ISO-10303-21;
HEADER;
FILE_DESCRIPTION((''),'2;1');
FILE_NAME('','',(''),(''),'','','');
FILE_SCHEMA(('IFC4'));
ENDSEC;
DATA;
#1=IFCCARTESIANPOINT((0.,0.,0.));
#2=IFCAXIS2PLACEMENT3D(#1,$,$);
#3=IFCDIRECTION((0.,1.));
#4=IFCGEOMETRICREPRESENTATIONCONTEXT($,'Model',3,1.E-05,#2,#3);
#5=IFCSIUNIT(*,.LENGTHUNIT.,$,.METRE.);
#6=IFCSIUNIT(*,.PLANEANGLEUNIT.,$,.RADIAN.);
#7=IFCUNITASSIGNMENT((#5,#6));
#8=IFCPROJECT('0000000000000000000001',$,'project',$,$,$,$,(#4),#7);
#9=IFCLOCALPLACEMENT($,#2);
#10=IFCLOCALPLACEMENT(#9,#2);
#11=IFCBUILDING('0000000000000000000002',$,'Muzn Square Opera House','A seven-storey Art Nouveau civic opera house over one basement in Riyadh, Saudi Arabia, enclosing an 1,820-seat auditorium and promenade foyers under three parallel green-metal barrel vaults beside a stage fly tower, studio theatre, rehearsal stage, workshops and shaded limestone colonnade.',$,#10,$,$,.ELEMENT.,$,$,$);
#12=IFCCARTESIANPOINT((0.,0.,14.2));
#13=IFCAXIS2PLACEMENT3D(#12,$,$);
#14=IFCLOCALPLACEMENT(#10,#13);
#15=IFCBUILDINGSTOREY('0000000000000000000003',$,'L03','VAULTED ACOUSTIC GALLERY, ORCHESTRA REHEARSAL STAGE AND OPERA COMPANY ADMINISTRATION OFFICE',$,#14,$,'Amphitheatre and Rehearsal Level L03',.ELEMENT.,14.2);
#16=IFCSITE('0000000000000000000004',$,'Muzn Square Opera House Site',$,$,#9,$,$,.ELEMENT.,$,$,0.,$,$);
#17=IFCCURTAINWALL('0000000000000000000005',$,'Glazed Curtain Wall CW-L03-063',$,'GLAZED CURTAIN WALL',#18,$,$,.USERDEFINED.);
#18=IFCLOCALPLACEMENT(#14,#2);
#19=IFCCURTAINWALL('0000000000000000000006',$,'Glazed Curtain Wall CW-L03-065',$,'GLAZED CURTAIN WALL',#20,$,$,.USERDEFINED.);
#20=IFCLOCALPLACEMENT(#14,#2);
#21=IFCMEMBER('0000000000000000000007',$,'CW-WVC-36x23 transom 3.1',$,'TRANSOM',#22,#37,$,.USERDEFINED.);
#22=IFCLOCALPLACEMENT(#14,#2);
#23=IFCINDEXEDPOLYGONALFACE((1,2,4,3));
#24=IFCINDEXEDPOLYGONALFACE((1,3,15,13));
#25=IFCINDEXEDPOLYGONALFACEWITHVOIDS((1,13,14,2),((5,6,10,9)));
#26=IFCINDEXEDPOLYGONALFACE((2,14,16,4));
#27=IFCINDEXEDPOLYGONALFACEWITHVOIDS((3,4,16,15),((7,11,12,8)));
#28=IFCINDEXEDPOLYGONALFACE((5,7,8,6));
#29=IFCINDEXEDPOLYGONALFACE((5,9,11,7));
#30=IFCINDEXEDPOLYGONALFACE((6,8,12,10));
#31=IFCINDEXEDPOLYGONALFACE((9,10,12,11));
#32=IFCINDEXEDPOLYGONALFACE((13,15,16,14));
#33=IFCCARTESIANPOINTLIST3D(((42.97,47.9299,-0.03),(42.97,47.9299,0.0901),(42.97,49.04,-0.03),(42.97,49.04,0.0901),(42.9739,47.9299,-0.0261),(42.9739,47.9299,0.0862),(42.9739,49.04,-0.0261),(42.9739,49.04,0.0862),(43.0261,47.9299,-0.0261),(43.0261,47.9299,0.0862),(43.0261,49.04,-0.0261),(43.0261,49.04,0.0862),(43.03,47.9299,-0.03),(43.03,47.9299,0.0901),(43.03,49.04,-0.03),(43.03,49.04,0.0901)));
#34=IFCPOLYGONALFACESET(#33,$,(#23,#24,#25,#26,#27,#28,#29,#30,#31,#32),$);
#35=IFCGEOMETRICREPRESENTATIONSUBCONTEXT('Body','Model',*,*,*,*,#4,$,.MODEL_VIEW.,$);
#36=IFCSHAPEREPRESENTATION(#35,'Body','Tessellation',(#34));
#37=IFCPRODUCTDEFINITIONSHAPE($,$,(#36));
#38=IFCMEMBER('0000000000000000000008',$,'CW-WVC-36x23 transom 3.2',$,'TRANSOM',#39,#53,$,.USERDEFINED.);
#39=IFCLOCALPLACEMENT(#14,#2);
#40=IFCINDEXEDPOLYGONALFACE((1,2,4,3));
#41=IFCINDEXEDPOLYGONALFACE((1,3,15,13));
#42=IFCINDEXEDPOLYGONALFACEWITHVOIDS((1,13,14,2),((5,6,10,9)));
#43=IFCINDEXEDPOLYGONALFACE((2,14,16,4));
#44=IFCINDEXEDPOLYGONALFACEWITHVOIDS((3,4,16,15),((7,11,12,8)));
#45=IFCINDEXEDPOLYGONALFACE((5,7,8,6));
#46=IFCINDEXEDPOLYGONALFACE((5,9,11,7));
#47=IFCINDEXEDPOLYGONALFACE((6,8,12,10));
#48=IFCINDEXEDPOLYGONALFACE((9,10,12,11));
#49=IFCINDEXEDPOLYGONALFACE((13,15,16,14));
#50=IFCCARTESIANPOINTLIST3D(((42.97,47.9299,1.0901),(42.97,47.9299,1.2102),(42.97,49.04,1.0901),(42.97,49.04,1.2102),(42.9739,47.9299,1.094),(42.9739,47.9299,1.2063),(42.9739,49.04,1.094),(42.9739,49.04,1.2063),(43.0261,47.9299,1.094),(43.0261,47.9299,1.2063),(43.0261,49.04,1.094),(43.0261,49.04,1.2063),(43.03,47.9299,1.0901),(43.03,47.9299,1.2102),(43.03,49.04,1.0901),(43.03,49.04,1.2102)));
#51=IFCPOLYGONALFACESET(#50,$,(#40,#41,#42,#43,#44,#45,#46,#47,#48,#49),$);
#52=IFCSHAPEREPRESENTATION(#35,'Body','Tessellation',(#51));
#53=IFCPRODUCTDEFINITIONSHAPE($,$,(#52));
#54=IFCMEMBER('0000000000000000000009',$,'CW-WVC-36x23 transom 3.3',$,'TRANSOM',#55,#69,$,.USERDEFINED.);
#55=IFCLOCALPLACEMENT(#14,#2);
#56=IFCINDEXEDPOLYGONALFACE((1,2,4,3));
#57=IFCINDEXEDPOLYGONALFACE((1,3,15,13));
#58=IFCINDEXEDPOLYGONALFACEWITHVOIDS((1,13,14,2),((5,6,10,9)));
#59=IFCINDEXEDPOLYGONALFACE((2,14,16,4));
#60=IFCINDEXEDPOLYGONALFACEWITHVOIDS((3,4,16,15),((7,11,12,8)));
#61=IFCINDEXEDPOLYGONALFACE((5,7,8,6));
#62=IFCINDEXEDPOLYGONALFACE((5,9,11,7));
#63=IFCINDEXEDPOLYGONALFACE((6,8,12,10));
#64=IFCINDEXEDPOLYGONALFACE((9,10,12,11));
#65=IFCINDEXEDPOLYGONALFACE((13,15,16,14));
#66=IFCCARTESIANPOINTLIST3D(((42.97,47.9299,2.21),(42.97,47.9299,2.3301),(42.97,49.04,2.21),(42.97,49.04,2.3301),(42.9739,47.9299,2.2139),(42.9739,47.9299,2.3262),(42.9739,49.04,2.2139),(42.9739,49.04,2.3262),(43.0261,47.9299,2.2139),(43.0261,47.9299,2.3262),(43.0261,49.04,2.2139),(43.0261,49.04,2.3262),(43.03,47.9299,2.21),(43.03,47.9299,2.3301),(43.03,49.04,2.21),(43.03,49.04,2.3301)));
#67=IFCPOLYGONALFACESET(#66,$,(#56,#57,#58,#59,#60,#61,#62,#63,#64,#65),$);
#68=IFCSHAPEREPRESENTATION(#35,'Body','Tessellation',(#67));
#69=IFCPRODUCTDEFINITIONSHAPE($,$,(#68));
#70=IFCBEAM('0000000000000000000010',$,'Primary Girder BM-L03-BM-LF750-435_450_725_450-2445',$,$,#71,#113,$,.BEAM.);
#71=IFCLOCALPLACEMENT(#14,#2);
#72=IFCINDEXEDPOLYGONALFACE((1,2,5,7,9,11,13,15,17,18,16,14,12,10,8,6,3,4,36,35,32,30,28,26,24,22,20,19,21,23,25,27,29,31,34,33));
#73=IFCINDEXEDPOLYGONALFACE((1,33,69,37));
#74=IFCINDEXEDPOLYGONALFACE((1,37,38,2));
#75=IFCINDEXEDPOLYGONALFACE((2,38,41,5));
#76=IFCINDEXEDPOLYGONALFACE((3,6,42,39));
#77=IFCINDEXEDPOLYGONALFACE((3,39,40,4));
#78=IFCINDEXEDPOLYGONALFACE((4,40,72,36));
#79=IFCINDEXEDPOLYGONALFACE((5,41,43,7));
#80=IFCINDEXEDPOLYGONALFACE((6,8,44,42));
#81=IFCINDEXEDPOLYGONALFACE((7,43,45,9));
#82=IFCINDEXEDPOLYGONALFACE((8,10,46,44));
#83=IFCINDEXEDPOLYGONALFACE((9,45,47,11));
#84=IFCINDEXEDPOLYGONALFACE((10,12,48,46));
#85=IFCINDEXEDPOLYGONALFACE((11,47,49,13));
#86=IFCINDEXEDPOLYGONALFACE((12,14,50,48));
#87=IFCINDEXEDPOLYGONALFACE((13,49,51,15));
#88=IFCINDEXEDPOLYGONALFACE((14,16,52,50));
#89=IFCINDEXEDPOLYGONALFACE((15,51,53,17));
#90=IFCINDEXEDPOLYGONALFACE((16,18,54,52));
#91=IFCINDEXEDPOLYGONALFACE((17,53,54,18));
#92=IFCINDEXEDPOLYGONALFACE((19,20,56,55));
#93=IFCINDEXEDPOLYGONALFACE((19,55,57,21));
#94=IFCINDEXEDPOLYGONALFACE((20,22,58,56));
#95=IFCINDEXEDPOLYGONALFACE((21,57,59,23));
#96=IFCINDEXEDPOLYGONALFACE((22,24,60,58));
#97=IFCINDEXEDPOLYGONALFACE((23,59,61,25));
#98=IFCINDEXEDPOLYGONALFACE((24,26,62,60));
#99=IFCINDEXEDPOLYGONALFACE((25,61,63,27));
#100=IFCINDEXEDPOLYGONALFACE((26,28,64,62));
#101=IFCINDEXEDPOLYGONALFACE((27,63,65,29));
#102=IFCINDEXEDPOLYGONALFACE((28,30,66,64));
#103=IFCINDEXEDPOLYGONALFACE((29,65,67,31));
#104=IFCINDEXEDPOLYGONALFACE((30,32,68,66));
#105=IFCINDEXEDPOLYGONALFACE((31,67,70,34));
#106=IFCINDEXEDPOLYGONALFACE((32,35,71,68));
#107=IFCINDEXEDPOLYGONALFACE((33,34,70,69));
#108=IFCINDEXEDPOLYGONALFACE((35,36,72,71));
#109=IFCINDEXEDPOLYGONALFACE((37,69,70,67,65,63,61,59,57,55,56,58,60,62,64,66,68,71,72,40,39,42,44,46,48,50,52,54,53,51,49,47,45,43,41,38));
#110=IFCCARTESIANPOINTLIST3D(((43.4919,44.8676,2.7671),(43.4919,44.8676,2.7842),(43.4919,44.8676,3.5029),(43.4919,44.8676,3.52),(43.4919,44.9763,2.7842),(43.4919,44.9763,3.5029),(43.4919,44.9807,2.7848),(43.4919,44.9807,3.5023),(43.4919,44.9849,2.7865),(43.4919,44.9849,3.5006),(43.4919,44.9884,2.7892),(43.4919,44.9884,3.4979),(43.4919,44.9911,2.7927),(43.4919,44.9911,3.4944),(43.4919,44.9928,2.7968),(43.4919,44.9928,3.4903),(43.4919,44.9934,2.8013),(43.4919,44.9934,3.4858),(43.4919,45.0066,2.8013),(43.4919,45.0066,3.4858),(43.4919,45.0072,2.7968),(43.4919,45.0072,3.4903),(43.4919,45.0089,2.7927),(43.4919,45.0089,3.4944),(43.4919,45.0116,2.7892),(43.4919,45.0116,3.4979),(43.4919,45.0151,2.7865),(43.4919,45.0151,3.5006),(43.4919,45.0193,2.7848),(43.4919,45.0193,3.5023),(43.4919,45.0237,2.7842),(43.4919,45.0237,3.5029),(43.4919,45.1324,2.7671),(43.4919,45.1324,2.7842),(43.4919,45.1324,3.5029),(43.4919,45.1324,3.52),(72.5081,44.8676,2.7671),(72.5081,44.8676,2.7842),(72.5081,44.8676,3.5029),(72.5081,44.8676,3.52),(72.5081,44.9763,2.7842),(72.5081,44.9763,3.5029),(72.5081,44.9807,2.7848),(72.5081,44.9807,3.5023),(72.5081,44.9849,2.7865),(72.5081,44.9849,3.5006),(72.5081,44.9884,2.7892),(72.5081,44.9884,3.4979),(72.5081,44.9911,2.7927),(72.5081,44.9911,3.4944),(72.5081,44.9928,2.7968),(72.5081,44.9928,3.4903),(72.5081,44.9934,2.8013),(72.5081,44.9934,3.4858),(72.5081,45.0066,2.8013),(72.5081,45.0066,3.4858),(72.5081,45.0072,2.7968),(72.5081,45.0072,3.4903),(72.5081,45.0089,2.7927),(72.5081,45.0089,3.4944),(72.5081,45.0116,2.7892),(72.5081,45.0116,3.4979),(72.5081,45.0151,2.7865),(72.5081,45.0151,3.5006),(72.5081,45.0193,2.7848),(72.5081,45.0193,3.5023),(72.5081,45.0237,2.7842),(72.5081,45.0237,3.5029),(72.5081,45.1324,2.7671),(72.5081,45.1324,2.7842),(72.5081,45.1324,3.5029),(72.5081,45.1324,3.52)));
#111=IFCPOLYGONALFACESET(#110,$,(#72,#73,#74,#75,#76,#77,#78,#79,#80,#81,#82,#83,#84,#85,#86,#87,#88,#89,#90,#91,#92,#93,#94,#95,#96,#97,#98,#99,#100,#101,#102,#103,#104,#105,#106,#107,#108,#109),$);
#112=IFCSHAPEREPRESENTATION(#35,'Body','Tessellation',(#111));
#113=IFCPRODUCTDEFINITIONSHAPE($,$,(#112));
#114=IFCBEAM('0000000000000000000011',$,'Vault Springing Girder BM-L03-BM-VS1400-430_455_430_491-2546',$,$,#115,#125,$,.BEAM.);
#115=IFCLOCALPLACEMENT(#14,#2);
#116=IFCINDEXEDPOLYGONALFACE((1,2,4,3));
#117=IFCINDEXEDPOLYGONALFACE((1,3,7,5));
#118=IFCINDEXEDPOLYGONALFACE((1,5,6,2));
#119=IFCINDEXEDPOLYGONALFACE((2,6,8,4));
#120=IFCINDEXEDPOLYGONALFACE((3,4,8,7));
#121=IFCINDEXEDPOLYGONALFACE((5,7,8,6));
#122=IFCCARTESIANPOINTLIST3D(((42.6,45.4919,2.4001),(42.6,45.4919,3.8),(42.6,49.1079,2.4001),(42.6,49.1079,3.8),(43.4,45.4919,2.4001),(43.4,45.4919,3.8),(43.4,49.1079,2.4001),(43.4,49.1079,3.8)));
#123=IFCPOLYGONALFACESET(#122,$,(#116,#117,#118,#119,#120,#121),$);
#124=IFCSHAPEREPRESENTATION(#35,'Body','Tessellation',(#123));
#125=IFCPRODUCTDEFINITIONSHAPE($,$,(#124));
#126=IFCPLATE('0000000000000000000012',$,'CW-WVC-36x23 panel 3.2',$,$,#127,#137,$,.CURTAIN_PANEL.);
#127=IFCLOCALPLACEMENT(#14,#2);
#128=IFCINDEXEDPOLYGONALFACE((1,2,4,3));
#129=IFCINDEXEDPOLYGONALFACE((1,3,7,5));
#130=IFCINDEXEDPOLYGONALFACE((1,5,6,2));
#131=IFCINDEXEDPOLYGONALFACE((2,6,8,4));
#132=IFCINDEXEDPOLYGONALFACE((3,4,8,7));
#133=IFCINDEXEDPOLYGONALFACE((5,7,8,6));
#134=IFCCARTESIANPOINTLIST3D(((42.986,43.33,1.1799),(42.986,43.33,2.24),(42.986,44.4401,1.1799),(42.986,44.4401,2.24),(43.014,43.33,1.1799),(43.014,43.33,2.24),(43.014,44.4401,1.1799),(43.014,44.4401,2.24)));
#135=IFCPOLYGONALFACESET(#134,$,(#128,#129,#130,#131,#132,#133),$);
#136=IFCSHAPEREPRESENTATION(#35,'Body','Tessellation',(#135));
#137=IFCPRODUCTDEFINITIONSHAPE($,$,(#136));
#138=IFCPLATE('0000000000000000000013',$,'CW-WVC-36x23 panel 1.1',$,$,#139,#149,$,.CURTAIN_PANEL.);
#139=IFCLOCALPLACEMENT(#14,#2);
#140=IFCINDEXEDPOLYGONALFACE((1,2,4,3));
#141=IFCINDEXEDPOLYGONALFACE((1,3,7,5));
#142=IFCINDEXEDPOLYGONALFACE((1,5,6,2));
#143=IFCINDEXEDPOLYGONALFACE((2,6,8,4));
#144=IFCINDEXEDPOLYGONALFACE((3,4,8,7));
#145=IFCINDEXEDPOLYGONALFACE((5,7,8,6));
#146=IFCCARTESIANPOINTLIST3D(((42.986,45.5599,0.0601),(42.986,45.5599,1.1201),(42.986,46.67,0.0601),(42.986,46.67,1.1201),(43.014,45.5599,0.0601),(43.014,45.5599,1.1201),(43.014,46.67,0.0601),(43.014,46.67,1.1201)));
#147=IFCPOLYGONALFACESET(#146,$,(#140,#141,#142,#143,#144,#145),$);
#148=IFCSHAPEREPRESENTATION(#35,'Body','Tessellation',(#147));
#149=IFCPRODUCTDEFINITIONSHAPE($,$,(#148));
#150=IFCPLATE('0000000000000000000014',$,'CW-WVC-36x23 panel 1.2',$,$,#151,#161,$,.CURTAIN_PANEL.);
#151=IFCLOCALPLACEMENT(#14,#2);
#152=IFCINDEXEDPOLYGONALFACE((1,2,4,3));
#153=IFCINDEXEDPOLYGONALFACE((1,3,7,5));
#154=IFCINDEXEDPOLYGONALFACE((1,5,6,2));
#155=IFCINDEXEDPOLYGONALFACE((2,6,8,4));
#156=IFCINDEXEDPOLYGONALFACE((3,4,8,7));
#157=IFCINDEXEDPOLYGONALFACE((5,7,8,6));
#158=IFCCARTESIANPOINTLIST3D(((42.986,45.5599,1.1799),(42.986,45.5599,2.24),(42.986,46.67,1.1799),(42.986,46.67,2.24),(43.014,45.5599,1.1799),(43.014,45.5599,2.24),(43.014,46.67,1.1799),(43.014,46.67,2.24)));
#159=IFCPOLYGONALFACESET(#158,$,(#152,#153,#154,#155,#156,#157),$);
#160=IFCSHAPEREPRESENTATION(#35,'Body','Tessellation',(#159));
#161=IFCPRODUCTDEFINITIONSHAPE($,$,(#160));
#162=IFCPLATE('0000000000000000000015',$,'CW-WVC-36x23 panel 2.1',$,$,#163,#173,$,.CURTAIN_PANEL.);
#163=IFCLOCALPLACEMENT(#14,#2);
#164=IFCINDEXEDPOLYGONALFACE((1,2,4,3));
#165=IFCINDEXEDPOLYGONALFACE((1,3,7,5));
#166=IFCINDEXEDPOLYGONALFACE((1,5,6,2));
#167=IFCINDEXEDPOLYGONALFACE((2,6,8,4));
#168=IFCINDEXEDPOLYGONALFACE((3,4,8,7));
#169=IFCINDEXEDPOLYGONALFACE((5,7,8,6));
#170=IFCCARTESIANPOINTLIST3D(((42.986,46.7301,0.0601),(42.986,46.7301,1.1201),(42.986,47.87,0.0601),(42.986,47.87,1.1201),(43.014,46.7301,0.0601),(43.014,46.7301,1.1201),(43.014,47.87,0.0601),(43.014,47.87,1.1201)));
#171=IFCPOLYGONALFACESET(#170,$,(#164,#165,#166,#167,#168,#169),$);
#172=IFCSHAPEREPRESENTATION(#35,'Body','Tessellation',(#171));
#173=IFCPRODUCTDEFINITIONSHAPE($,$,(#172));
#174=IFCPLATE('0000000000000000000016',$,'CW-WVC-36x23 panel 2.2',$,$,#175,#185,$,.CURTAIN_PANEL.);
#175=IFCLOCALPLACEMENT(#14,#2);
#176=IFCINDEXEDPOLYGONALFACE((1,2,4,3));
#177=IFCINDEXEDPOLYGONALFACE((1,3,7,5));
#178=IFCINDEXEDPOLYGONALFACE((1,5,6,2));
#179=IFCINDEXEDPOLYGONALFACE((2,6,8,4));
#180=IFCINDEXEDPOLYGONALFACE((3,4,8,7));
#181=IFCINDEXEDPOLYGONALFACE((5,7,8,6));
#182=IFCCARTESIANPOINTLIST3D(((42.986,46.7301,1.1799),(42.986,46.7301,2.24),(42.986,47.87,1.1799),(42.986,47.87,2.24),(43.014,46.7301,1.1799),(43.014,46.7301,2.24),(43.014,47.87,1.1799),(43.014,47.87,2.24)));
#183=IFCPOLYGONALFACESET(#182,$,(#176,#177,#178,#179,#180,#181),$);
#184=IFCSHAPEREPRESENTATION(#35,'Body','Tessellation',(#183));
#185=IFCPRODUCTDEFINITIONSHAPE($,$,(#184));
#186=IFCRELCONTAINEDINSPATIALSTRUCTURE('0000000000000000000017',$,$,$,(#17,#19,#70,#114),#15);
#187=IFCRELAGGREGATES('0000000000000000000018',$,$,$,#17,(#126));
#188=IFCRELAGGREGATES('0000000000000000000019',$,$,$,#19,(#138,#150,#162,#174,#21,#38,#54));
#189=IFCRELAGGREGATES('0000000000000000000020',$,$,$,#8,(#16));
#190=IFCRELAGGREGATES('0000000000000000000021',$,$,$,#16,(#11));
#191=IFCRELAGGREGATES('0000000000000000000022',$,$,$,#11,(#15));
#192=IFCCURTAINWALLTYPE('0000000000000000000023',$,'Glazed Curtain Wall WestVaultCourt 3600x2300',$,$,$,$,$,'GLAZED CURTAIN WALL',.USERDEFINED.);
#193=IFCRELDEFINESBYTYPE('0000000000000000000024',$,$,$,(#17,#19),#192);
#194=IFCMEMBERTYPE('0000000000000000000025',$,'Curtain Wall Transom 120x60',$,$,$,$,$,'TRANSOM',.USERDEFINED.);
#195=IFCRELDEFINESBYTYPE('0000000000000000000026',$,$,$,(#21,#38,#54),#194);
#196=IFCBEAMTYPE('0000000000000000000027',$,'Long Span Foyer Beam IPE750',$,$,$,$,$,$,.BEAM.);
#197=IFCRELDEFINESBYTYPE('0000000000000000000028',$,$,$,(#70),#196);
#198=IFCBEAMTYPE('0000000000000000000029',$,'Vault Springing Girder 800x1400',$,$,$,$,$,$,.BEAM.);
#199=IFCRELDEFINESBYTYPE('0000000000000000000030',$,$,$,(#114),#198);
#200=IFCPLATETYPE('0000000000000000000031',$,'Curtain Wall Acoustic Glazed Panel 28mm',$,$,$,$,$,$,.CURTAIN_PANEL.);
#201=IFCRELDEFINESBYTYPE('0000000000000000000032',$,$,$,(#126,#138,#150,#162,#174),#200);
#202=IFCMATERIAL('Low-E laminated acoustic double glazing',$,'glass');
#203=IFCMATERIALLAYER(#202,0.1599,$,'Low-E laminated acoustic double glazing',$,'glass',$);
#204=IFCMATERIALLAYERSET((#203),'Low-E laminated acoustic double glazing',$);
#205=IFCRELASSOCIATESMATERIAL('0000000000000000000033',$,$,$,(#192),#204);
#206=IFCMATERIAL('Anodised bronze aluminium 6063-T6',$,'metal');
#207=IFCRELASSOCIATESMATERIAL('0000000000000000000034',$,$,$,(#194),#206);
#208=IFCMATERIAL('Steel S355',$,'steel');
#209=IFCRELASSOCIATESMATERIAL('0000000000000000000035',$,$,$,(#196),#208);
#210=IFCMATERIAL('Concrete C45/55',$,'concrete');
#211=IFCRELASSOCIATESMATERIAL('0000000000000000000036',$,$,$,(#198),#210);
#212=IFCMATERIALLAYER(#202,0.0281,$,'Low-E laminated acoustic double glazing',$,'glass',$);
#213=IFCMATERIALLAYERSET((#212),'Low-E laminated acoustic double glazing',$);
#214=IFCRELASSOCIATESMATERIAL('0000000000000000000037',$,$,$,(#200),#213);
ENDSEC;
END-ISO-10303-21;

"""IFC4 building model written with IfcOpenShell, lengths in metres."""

from ifc_helpers import new_model, si_unit, direction, frame, origin, origin_2d, place, context, subcontext, project, spatial, rectangle, hollow_rectangle, i_section, extrude, material, layer, layer_set, material_profile, profile_set, type_object, element, aggregate, save


model = new_model("IFC4")

# Units and contexts
model_context = context("Model", 3, precision=1e-05, world=origin(), true_north=direction((0.0, 1.0)))
body_context = subcontext(model_context, "Body", "Model", "MODEL_VIEW")
ifc_project = project(units=[si_unit("LENGTHUNIT", "METRE"), si_unit("PLANEANGLEUNIT", "RADIAN")], contexts=[model_context])

# Site, building, storey
site_placement = place(None, origin())
site = spatial("IfcSite", under=ifc_project, at=site_placement, Name="Muzn Square Opera House Site", CompositionType="ELEMENT", RefElevation=0.0)
building_placement = place(site_placement, origin())
building = spatial("IfcBuilding", under=site, at=building_placement, Name="Muzn Square Opera House", Description="A seven-storey Art Nouveau civic opera house over one basement in Riyadh, Saudi Arabia, enclosing an 1,820-seat auditorium and promenade foyers under three parallel green-metal barrel vaults beside a stage fly tower, studio theatre, rehearsal stage, workshops and shaded limestone colonnade.", CompositionType="ELEMENT")
storey_placement = place(building_placement, frame((0.0, 0.0, 14.2)))
storey = spatial("IfcBuildingStorey", under=building, at=storey_placement, Name="L03", Description="VAULTED ACOUSTIC GALLERY, ORCHESTRA REHEARSAL STAGE AND OPERA COMPANY ADMINISTRATION OFFICE", LongName="Amphitheatre and Rehearsal Level L03", CompositionType="ELEMENT", Elevation=14.2)

# Shared definitions
ifc_material_1 = material(Name="Concrete C45/55", Category="concrete")

# Curtain wall
ifc_material_2 = material(Name="Low-E laminated acoustic double glazing", Category="glass")
ifc_layer_1 = layer(ifc_material_2, 0.1599, Name="Low-E laminated acoustic double glazing", Category="glass")
ifc_layer_set_1 = layer_set([ifc_layer_1], Name="Low-E laminated acoustic double glazing")
curtain_wall_type = type_object("IfcCurtainWallType", Name="Glazed Curtain Wall WestVaultCourt 3600x2300", ElementType="GLAZED CURTAIN WALL", PredefinedType="USERDEFINED", material=ifc_layer_set_1)
curtain_wall_1_placement = place(storey_placement, origin())
curtain_wall_1 = element("IfcCurtainWall", 1, at=curtain_wall_1_placement, inside=storey, type_object=curtain_wall_type, Name="Glazed Curtain Wall CW-L03-063", ObjectType="GLAZED CURTAIN WALL", PredefinedType="USERDEFINED")
ifc_material_3 = material(Name="Anodised bronze aluminium 6063-T6", Category="metal")

# Curtain wall, members
curtain_wall_2_placement = place(storey_placement, origin())
curtain_wall_2 = element("IfcCurtainWall", 2, at=curtain_wall_2_placement, inside=storey, type_object=curtain_wall_type, Name="Glazed Curtain Wall CW-L03-065", ObjectType="GLAZED CURTAIN WALL", PredefinedType="USERDEFINED")
ifc_material_profile_1 = material_profile(ifc_material_3, hollow_rectangle(XDim=0.0601, YDim=0.1201, WallThickness=0.0039, at=origin_2d()), Name="ALU 120x60x4", Category="metal")
ifc_profile_set_1 = profile_set([ifc_material_profile_1], Name="Anodised bronze aluminium 6063-T6")
member_type_1 = type_object("IfcMemberType", Name="Curtain Wall Transom 120x60", ElementType="TRANSOM", PredefinedType="USERDEFINED", material=ifc_profile_set_1)
member_1_placement = place(storey_placement, frame((43.0, 47.9299, 0.03), z_axis=(0.0, 1.0, 0.0), x_axis=(-1.0, 0.0, 0.0)))
member_1 = element("IfcMember", 3, at=member_1_placement, type_object=member_type_1, Name="CW-WVC-36x23 transom 3.1", ObjectType="TRANSOM", PredefinedType="USERDEFINED", context=body_context, shape_type="SweptSolid", body=[
    extrude(hollow_rectangle(XDim=0.0601, YDim=0.1201, WallThickness=0.0039, at=origin_2d()), origin(), (0.0, 0.0, 1.0), 1.1101),
])
member_2_placement = place(storey_placement, frame((43.0, 47.9299, 1.1501), z_axis=(0.0, 1.0, 0.0), x_axis=(-1.0, 0.0, 0.0)))
member_2 = element("IfcMember", 4, at=member_2_placement, type_object=member_type_1, Name="CW-WVC-36x23 transom 3.2", ObjectType="TRANSOM", PredefinedType="USERDEFINED", context=body_context, shape_type="SweptSolid", body=[
    extrude(hollow_rectangle(XDim=0.0601, YDim=0.1201, WallThickness=0.0039, at=origin_2d()), origin(), (0.0, 0.0, 1.0), 1.1101),
])
member_3_placement = place(storey_placement, frame((43.0, 47.9299, 2.27), z_axis=(0.0, 1.0, 0.0), x_axis=(-1.0, 0.0, 0.0)))
member_3 = element("IfcMember", 5, at=member_3_placement, type_object=member_type_1, Name="CW-WVC-36x23 transom 3.3", ObjectType="TRANSOM", PredefinedType="USERDEFINED", context=body_context, shape_type="SweptSolid", body=[
    extrude(hollow_rectangle(XDim=0.0601, YDim=0.1201, WallThickness=0.0039, at=origin_2d()), origin(), (0.0, 0.0, 1.0), 1.1101),
])

# Beams
ifc_material_4 = material(Name="Steel S355", Category="steel")
ifc_material_profile_2 = material_profile(ifc_material_4, i_section(OverallWidth=0.2649, OverallDepth=0.7529, WebThickness=0.0132, FlangeThickness=0.0171, FilletRadius=0.0171, at=origin_2d()), Name="IPE 750x147", Category="steel")
ifc_profile_set_2 = profile_set([ifc_material_profile_2], Name="Steel S355")
beam_type_1 = type_object("IfcBeamType", Name="Long Span Foyer Beam IPE750", PredefinedType="BEAM", material=ifc_profile_set_2)
beam_1_placement = place(storey_placement, frame((43.4919, 45.0, 3.1436), z_axis=(1.0, 0.0, 0.0), x_axis=(0.0, 1.0, 0.0)))
element("IfcBeam", 6, at=beam_1_placement, inside=storey, type_object=beam_type_1, Name="Primary Girder BM-L03-BM-LF750-435_450_725_450-2445", PredefinedType="BEAM", context=body_context, shape_type="SweptSolid", body=[
    extrude(i_section(OverallWidth=0.2649, OverallDepth=0.7529, WebThickness=0.0132, FlangeThickness=0.0171, FilletRadius=0.0171, at=origin_2d()), origin(), (0.0, 0.0, 1.0), 29.0161),
])
ifc_material_profile_3 = material_profile(ifc_material_1, rectangle(XDim=0.8, YDim=1.3999, at=origin_2d()), Name="RCB 800x1400", Category="concrete")
ifc_profile_set_3 = profile_set([ifc_material_profile_3], Name="Concrete C45/55")
beam_type_2 = type_object("IfcBeamType", Name="Vault Springing Girder 800x1400", PredefinedType="BEAM", material=ifc_profile_set_3)
beam_2_placement = place(storey_placement, frame((43.0, 45.4919, 3.1001), z_axis=(0.0, 1.0, 0.0), x_axis=(-1.0, 0.0, 0.0)))
element("IfcBeam", 7, at=beam_2_placement, inside=storey, type_object=beam_type_2, Name="Vault Springing Girder BM-L03-BM-VS1400-430_455_430_491-2546", PredefinedType="BEAM", context=body_context, shape_type="SweptSolid", body=[
    extrude(rectangle(XDim=0.8, YDim=1.3999, at=origin_2d()), origin(), (0.0, 0.0, 1.0), 3.616),
])

# Plates
ifc_layer_2 = layer(ifc_material_2, 0.0281, Name="Low-E laminated acoustic double glazing", Category="glass")
ifc_layer_set_2 = layer_set([ifc_layer_2], Name="Low-E laminated acoustic double glazing")
plate_type = type_object("IfcPlateType", Name="Curtain Wall Acoustic Glazed Panel 28mm", PredefinedType="CURTAIN_PANEL", material=ifc_layer_set_2)
plate_1_placement = place(storey_placement, frame((43.0, 43.885, 1.1799), z_axis=(0.0, 0.0, 1.0), x_axis=(0.0, 1.0, 0.0)))
plate_1 = element("IfcPlate", 8, at=plate_1_placement, type_object=plate_type, Name="CW-WVC-36x23 panel 3.2", PredefinedType="CURTAIN_PANEL", context=body_context, shape_type="SweptSolid", body=[
    extrude(rectangle(XDim=1.1101, YDim=0.0281, at=origin_2d()), origin(), (0.0, 0.0, 1.0), 1.0601),
])
aggregate(curtain_wall_1, [plate_1])
plate_2_placement = place(storey_placement, frame((43.0, 46.115, 0.0601), z_axis=(0.0, 0.0, 1.0), x_axis=(0.0, 1.0, 0.0)))
plate_2 = element("IfcPlate", 9, at=plate_2_placement, type_object=plate_type, Name="CW-WVC-36x23 panel 1.1", PredefinedType="CURTAIN_PANEL", context=body_context, shape_type="SweptSolid", body=[
    extrude(rectangle(XDim=1.1101, YDim=0.0281, at=origin_2d()), origin(), (0.0, 0.0, 1.0), 1.0601),
])
plate_3_placement = place(storey_placement, frame((43.0, 46.115, 1.1799), z_axis=(0.0, 0.0, 1.0), x_axis=(0.0, 1.0, 0.0)))
plate_3 = element("IfcPlate", 10, at=plate_3_placement, type_object=plate_type, Name="CW-WVC-36x23 panel 1.2", PredefinedType="CURTAIN_PANEL", context=body_context, shape_type="SweptSolid", body=[
    extrude(rectangle(XDim=1.1101, YDim=0.0281, at=origin_2d()), origin(), (0.0, 0.0, 1.0), 1.0601),
])
plate_4_placement = place(storey_placement, frame((43.0, 47.3, 0.0601), z_axis=(0.0, 0.0, 1.0), x_axis=(0.0, 1.0, 0.0)))
plate_4 = element("IfcPlate", 11, at=plate_4_placement, type_object=plate_type, Name="CW-WVC-36x23 panel 2.1", PredefinedType="CURTAIN_PANEL", context=body_context, shape_type="SweptSolid", body=[
    extrude(rectangle(XDim=1.1399, YDim=0.0281, at=origin_2d()), origin(), (0.0, 0.0, 1.0), 1.0601),
])
plate_5_placement = place(storey_placement, frame((43.0, 47.3, 1.1799), z_axis=(0.0, 0.0, 1.0), x_axis=(0.0, 1.0, 0.0)))
plate_5 = element("IfcPlate", 12, at=plate_5_placement, type_object=plate_type, Name="CW-WVC-36x23 panel 2.2", PredefinedType="CURTAIN_PANEL", context=body_context, shape_type="SweptSolid", body=[
    extrude(rectangle(XDim=1.1399, YDim=0.0281, at=origin_2d()), origin(), (0.0, 0.0, 1.0), 1.0601),
])
aggregate(curtain_wall_2, [plate_2, plate_3, plate_4, plate_5, member_1, member_2, member_3])

save(model, "model.ifc")
